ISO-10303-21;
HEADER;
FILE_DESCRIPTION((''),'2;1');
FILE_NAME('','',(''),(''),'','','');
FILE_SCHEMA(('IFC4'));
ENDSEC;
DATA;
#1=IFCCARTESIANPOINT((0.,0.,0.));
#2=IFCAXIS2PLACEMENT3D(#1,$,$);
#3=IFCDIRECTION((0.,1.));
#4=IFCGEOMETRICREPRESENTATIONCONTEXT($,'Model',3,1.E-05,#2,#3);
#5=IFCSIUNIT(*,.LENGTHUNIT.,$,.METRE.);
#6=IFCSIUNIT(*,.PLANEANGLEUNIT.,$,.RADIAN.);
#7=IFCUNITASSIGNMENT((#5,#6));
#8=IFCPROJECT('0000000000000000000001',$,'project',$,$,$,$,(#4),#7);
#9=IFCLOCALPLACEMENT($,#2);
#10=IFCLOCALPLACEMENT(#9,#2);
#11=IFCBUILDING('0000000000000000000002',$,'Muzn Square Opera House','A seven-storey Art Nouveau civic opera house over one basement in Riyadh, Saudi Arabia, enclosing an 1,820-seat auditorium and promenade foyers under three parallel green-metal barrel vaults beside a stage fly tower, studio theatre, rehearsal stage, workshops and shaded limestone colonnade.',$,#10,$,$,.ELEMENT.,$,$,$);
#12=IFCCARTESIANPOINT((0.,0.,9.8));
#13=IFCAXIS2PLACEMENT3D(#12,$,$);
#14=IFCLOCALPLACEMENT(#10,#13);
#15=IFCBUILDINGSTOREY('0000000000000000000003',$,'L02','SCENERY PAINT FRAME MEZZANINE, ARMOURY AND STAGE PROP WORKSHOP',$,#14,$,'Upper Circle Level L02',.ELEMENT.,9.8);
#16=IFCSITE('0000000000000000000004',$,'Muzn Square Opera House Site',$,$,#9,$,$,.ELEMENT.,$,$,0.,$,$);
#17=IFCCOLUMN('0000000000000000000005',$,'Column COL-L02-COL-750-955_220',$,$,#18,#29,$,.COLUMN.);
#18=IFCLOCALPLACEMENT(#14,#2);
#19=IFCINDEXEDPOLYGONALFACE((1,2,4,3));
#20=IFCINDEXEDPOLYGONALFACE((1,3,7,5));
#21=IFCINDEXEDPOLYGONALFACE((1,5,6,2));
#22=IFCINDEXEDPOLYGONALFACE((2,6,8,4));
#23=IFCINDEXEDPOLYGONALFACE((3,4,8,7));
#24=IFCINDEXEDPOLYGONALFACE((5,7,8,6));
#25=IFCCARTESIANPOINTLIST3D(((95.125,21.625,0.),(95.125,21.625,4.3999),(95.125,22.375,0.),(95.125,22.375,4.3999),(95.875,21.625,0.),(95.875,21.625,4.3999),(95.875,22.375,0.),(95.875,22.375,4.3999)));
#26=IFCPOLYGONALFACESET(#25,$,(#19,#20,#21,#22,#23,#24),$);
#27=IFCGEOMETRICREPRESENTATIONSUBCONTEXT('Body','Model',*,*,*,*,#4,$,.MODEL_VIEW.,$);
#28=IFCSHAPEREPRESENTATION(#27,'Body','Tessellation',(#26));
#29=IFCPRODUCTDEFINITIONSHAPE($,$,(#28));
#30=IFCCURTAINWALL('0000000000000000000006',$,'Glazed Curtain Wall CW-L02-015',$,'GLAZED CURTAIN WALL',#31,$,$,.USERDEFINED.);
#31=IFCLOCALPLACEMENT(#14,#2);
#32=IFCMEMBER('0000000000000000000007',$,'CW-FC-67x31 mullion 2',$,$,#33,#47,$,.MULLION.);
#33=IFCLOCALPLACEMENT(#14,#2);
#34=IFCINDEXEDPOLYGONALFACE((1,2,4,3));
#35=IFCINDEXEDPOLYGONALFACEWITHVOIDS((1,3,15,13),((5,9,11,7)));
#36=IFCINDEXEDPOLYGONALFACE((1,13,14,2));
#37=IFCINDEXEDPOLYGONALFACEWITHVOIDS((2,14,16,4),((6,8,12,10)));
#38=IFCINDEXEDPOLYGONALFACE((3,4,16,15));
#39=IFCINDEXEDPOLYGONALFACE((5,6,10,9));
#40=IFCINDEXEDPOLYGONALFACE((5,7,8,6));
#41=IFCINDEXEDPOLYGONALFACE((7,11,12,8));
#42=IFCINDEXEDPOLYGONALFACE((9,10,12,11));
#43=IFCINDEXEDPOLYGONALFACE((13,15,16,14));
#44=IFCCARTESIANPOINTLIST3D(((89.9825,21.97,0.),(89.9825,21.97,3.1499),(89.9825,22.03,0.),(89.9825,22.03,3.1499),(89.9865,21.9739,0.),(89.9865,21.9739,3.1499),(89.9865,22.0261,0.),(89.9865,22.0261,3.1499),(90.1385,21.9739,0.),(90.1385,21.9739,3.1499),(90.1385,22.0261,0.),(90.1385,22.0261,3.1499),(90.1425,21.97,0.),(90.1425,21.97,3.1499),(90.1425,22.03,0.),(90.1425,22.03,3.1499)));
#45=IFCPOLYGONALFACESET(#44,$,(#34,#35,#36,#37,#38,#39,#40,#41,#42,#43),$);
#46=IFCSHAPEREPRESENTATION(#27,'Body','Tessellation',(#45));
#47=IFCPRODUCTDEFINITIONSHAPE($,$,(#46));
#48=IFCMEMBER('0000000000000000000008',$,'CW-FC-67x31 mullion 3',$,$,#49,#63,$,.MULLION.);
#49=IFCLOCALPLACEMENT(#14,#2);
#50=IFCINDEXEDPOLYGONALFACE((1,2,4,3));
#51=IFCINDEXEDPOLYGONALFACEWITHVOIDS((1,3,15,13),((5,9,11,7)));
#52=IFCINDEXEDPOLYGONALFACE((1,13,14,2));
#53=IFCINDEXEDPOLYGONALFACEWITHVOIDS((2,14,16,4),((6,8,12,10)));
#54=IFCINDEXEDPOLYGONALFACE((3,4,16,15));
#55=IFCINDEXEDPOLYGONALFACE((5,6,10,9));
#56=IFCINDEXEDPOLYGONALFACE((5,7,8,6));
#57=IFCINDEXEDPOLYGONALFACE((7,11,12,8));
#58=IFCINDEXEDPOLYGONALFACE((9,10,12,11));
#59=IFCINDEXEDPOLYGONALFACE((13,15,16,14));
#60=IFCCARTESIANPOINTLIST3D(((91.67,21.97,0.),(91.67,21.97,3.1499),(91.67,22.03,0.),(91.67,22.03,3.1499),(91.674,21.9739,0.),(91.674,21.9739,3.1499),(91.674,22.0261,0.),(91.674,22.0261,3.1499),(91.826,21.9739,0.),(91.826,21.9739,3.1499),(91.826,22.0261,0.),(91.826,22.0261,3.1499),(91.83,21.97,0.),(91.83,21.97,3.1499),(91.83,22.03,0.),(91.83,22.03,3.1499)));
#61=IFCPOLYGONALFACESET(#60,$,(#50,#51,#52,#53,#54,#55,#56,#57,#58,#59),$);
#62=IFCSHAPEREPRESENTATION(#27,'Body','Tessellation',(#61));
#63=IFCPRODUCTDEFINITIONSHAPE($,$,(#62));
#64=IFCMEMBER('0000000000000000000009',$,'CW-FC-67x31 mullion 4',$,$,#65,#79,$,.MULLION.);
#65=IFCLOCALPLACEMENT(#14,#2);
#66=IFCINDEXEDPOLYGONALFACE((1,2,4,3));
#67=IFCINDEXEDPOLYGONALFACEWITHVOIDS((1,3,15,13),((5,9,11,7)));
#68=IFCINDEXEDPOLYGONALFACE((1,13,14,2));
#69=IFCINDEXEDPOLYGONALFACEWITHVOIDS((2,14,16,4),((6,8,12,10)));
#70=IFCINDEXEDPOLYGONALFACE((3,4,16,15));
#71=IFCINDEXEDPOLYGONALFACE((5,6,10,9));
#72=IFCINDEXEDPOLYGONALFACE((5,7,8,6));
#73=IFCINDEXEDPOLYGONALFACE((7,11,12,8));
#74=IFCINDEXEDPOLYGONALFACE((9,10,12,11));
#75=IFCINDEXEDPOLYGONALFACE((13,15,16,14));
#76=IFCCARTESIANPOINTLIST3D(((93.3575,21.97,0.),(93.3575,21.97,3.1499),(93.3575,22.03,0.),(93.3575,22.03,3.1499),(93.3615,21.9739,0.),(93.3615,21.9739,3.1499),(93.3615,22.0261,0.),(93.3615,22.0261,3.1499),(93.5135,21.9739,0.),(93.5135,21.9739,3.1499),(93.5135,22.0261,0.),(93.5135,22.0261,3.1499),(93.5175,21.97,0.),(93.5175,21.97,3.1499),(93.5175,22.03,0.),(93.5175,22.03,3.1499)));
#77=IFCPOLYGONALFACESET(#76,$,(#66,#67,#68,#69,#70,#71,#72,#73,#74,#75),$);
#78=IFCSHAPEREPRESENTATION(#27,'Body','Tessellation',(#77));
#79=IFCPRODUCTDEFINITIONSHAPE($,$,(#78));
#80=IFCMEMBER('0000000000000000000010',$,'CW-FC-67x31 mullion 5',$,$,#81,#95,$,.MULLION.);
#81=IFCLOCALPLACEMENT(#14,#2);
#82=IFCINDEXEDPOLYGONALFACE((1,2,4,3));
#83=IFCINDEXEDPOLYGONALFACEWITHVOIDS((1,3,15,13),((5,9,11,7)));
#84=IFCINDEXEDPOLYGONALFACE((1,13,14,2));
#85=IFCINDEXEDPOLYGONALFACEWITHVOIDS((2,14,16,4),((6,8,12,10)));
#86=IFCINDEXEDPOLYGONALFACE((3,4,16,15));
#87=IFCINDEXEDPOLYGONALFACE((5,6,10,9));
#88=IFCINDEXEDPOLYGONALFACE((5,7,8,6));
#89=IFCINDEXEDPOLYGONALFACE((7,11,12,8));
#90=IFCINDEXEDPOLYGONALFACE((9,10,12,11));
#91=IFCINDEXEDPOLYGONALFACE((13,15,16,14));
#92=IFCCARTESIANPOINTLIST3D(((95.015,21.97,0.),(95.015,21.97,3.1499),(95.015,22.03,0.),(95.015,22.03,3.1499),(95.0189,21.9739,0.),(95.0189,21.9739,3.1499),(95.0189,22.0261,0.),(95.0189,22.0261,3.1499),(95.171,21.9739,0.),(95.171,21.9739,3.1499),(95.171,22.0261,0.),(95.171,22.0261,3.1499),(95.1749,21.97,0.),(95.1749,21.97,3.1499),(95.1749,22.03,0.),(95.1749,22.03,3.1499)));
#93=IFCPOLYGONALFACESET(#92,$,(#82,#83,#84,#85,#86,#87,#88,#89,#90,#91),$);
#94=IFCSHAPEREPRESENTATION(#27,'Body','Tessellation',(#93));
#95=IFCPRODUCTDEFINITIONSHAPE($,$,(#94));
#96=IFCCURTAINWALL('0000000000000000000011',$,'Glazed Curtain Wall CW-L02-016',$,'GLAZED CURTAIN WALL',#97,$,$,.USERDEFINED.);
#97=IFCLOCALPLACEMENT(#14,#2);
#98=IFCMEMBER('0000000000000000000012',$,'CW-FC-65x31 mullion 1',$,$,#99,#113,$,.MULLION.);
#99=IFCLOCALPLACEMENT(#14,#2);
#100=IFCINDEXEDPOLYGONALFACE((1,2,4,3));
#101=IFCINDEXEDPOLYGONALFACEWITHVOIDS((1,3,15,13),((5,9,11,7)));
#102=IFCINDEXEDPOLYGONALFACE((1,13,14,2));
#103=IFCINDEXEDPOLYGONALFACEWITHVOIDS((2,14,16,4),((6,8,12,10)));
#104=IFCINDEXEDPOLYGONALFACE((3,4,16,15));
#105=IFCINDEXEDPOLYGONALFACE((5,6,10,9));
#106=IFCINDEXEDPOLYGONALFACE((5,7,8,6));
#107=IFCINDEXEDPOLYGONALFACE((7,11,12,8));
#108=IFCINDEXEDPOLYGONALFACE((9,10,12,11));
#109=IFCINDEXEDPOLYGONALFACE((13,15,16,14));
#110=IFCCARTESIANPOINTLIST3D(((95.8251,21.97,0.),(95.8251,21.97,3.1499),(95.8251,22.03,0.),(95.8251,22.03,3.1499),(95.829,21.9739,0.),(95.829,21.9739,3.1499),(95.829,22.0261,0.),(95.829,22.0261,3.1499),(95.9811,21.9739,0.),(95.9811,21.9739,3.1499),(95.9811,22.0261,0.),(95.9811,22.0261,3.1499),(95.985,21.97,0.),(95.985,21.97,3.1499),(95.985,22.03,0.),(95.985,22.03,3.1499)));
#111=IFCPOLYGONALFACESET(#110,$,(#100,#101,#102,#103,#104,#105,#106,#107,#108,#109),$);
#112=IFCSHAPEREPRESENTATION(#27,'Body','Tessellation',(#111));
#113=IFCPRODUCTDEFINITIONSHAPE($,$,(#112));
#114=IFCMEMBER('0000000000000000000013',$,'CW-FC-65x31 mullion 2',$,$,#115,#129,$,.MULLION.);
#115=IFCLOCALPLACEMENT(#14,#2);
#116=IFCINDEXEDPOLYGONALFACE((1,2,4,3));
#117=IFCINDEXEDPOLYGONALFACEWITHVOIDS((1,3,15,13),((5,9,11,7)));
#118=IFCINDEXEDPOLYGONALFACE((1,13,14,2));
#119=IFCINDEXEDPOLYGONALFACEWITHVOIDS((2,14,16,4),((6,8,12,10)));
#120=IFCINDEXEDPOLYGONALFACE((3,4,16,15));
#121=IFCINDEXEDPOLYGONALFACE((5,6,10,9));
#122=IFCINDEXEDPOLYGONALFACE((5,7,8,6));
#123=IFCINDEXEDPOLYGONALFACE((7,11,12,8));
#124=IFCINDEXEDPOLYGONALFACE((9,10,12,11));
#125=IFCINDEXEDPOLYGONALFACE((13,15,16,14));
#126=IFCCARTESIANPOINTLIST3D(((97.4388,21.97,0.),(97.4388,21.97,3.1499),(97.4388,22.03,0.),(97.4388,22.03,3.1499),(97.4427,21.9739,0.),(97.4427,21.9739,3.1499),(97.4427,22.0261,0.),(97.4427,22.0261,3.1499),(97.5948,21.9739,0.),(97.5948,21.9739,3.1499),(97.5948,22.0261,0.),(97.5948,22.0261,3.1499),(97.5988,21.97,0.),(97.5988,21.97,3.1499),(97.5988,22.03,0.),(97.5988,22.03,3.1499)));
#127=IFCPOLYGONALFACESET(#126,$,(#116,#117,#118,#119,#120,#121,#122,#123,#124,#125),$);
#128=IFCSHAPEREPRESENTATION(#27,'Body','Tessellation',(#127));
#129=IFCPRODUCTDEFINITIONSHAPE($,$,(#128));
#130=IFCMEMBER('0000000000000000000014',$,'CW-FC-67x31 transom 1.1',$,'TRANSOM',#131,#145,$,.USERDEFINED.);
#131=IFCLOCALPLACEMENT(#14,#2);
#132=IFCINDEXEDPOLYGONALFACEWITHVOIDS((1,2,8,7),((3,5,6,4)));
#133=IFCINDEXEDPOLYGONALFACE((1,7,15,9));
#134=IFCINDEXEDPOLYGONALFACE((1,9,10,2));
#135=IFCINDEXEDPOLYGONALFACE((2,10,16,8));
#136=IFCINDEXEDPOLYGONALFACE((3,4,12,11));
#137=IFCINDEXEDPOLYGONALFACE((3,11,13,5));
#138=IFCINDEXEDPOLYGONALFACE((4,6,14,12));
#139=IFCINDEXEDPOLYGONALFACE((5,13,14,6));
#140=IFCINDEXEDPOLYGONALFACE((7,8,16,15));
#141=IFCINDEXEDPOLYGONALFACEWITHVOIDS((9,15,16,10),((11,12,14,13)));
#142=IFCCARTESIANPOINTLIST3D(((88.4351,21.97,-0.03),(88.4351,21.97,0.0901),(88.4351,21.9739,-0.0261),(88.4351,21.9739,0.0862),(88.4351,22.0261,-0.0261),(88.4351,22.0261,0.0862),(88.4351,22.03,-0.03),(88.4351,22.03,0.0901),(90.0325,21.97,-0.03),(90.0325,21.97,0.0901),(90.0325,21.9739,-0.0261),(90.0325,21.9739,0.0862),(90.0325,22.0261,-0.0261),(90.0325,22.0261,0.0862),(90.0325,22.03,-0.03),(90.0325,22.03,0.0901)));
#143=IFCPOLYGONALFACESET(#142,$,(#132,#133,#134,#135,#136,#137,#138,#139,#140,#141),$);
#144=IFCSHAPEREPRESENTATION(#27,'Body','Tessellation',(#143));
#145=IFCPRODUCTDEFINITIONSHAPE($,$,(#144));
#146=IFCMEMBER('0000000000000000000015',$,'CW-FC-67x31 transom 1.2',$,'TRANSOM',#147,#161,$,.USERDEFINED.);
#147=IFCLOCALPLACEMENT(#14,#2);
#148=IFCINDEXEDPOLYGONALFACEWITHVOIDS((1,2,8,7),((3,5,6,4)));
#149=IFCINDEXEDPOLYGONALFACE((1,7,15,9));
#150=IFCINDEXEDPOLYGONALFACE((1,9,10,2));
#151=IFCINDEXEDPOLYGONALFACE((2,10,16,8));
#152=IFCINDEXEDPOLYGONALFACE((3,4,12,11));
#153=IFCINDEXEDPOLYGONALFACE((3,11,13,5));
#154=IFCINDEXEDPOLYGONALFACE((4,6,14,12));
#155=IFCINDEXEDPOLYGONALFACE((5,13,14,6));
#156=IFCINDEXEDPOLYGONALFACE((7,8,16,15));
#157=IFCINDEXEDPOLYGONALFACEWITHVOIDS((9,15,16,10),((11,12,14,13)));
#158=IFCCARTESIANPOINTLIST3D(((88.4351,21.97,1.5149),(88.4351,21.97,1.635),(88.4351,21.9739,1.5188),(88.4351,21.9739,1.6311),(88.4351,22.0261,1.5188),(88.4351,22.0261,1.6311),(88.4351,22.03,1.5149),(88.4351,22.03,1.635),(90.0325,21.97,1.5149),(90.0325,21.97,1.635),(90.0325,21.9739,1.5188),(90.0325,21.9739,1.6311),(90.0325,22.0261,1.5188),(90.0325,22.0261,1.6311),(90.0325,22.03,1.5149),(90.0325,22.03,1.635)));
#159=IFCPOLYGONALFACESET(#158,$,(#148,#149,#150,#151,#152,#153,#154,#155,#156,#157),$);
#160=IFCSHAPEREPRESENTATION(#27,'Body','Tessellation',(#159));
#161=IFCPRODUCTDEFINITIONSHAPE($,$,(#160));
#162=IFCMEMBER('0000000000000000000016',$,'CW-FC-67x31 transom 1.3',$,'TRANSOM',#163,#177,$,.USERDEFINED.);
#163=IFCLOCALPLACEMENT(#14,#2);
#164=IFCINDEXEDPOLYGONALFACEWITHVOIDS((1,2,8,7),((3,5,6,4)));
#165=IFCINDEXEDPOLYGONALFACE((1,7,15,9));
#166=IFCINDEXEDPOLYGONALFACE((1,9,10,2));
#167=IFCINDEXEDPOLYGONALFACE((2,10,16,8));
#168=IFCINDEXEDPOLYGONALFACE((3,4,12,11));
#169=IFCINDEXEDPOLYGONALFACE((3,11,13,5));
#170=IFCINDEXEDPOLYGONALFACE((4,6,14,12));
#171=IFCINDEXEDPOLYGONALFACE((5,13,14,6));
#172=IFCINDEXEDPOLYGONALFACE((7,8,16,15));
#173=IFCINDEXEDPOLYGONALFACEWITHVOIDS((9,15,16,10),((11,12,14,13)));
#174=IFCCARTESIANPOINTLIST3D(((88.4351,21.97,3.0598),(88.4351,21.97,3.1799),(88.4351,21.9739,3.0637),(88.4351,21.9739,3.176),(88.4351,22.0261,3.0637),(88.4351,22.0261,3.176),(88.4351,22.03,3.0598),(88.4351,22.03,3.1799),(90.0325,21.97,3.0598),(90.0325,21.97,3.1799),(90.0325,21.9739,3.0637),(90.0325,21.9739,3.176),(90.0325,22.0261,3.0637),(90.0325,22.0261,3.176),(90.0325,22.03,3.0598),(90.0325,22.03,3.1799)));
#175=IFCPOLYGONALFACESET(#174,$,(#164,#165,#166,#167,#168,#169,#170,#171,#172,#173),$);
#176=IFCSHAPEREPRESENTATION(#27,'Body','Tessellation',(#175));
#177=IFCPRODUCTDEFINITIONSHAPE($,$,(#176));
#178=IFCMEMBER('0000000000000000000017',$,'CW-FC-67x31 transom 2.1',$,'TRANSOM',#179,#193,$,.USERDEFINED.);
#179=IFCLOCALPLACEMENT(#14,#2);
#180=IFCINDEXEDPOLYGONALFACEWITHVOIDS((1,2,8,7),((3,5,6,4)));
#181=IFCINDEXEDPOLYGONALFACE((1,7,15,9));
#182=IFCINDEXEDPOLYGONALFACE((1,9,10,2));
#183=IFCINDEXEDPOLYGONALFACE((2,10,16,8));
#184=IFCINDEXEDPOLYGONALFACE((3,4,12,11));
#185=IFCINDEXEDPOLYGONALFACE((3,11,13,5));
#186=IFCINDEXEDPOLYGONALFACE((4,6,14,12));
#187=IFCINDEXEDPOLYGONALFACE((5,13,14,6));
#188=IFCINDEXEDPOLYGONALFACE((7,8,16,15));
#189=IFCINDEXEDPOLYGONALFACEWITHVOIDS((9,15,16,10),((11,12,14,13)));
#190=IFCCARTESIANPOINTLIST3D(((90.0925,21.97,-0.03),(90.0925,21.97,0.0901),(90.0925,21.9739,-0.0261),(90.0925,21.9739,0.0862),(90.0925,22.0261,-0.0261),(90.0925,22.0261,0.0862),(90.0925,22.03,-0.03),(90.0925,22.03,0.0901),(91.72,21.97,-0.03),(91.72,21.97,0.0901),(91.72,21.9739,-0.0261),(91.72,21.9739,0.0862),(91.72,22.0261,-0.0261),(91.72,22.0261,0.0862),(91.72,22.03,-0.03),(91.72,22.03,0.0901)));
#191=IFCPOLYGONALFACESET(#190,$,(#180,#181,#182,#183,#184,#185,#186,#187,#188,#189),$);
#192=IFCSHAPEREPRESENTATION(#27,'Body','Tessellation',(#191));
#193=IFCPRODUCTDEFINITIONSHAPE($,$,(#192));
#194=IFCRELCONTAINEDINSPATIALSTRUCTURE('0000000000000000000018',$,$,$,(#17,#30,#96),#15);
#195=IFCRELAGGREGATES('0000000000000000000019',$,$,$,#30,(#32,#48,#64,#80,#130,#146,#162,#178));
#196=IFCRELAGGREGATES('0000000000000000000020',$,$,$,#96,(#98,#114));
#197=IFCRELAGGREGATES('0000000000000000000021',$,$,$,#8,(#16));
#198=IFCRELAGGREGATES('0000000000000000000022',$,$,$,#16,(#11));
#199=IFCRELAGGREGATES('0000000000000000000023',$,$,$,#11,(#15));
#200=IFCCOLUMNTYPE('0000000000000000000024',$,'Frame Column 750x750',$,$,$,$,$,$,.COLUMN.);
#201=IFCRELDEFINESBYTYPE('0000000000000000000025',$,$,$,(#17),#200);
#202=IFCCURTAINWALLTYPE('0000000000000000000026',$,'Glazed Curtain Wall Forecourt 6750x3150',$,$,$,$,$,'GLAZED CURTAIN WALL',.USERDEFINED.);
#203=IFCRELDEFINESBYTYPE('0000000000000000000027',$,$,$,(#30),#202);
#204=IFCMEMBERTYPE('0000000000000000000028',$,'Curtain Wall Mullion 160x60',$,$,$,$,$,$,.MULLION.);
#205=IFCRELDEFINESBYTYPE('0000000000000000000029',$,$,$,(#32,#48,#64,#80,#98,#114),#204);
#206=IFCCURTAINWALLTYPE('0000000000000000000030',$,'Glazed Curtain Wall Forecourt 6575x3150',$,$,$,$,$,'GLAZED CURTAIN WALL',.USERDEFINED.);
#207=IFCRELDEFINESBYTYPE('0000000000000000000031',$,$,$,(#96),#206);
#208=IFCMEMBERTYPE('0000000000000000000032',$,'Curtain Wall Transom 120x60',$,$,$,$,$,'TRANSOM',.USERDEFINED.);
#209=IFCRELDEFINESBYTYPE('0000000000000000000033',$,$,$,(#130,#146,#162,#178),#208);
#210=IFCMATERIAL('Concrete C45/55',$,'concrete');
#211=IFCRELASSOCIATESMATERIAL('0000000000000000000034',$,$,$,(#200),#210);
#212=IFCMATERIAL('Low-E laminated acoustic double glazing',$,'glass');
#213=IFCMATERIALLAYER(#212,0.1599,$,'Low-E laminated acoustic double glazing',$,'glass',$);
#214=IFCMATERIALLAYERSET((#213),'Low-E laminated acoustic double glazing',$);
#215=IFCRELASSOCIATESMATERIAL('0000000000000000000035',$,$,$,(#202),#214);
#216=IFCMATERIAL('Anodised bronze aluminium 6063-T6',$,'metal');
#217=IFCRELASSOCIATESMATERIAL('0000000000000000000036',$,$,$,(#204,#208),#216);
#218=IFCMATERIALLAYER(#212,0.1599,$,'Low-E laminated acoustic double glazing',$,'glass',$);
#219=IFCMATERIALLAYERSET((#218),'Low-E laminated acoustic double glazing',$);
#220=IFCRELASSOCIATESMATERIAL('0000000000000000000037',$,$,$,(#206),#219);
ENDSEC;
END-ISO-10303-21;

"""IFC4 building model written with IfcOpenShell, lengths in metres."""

from ifc_helpers import new_model, si_unit, direction, frame, origin, origin_2d, place, context, subcontext, project, spatial, rectangle, hollow_rectangle, extrude, material, layer, layer_set, material_profile, profile_set, type_object, element, aggregate, save


model = new_model("IFC4")

# Units and contexts
model_context = context("Model", 3, precision=1e-05, world=origin(), true_north=direction((0.0, 1.0)))
body_context = subcontext(model_context, "Body", "Model", "MODEL_VIEW")
ifc_project = project(units=[si_unit("LENGTHUNIT", "METRE"), si_unit("PLANEANGLEUNIT", "RADIAN")], contexts=[model_context])

# Site, building, storey
site_placement = place(None, origin())
site = spatial("IfcSite", under=ifc_project, at=site_placement, Name="Muzn Square Opera House Site", CompositionType="ELEMENT", RefElevation=0.0)
building_placement = place(site_placement, origin())
building = spatial("IfcBuilding", under=site, at=building_placement, Name="Muzn Square Opera House", Description="A seven-storey Art Nouveau civic opera house over one basement in Riyadh, Saudi Arabia, enclosing an 1,820-seat auditorium and promenade foyers under three parallel green-metal barrel vaults beside a stage fly tower, studio theatre, rehearsal stage, workshops and shaded limestone colonnade.", CompositionType="ELEMENT")
storey_placement = place(building_placement, frame((0.0, 0.0, 9.8)))
storey = spatial("IfcBuildingStorey", under=building, at=storey_placement, Name="L02", Description="SCENERY PAINT FRAME MEZZANINE, ARMOURY AND STAGE PROP WORKSHOP", LongName="Upper Circle Level L02", CompositionType="ELEMENT", Elevation=9.8)

# Column
ifc_material_1 = material(Name="Concrete C45/55", Category="concrete")
ifc_material_profile_1 = material_profile(ifc_material_1, rectangle(XDim=0.75, YDim=0.75, at=origin_2d()), Name="RC 750x750", Category="concrete")
ifc_profile_set_1 = profile_set([ifc_material_profile_1], Name="Concrete C45/55")
column_type = type_object("IfcColumnType", Name="Frame Column 750x750", PredefinedType="COLUMN", material=ifc_profile_set_1)
column_placement = place(storey_placement, frame((95.5, 22.0, 0.0), z_axis=(0.0, 0.0, 1.0), x_axis=(1.0, 0.0, 0.0)))
element("IfcColumn", 1, at=column_placement, inside=storey, type_object=column_type, Name="Column COL-L02-COL-750-955_220", PredefinedType="COLUMN", context=body_context, shape_type="SweptSolid", body=[
    extrude(rectangle(XDim=0.75, YDim=0.75, at=origin_2d()), origin(), (0.0, 0.0, 1.0), 4.3999),
])

# Curtain walls, members
ifc_material_2 = material(Name="Low-E laminated acoustic double glazing", Category="glass")
ifc_layer_1 = layer(ifc_material_2, 0.1599, Name="Low-E laminated acoustic double glazing", Category="glass")
ifc_layer_set_1 = layer_set([ifc_layer_1], Name="Low-E laminated acoustic double glazing")
curtain_wall_type_1 = type_object("IfcCurtainWallType", Name="Glazed Curtain Wall Forecourt 6750x3150", ElementType="GLAZED CURTAIN WALL", PredefinedType="USERDEFINED", material=ifc_layer_set_1)
curtain_wall_1_placement = place(storey_placement, origin())
curtain_wall_1 = element("IfcCurtainWall", 2, at=curtain_wall_1_placement, inside=storey, type_object=curtain_wall_type_1, Name="Glazed Curtain Wall CW-L02-015", ObjectType="GLAZED CURTAIN WALL", PredefinedType="USERDEFINED")
ifc_material_3 = material(Name="Anodised bronze aluminium 6063-T6", Category="metal")
ifc_material_profile_2 = material_profile(ifc_material_3, hollow_rectangle(XDim=0.0601, YDim=0.1599, WallThickness=0.0039, at=origin_2d()), Name="ALU 160x60x4", Category="metal")
ifc_profile_set_2 = profile_set([ifc_material_profile_2], Name="Anodised bronze aluminium 6063-T6")
member_type_1 = type_object("IfcMemberType", Name="Curtain Wall Mullion 160x60", PredefinedType="MULLION", material=ifc_profile_set_2)
member_1_placement = place(storey_placement, frame((90.0625, 22.0, 0.0), z_axis=(0.0, 0.0, 1.0), x_axis=(0.0, 1.0, 0.0)))
member_1 = element("IfcMember", 3, at=member_1_placement, type_object=member_type_1, Name="CW-FC-67x31 mullion 2", PredefinedType="MULLION", context=body_context, shape_type="SweptSolid", body=[
    extrude(hollow_rectangle(XDim=0.0601, YDim=0.1599, WallThickness=0.0039, at=origin_2d()), origin(), (0.0, 0.0, 1.0), 3.1499),
])
member_2_placement = place(storey_placement, frame((91.75, 22.0, 0.0), z_axis=(0.0, 0.0, 1.0), x_axis=(0.0, 1.0, 0.0)))
member_2 = element("IfcMember", 4, at=member_2_placement, type_object=member_type_1, Name="CW-FC-67x31 mullion 3", PredefinedType="MULLION", context=body_context, shape_type="SweptSolid", body=[
    extrude(hollow_rectangle(XDim=0.0601, YDim=0.1599, WallThickness=0.0039, at=origin_2d()), origin(), (0.0, 0.0, 1.0), 3.1499),
])
member_3_placement = place(storey_placement, frame((93.4375, 22.0, 0.0), z_axis=(0.0, 0.0, 1.0), x_axis=(0.0, 1.0, 0.0)))
member_3 = element("IfcMember", 5, at=member_3_placement, type_object=member_type_1, Name="CW-FC-67x31 mullion 4", PredefinedType="MULLION", context=body_context, shape_type="SweptSolid", body=[
    extrude(hollow_rectangle(XDim=0.0601, YDim=0.1599, WallThickness=0.0039, at=origin_2d()), origin(), (0.0, 0.0, 1.0), 3.1499),
])
member_4_placement = place(storey_placement, frame((95.095, 22.0, 0.0), z_axis=(0.0, 0.0, 1.0), x_axis=(0.0, 1.0, 0.0)))
member_4 = element("IfcMember", 6, at=member_4_placement, type_object=member_type_1, Name="CW-FC-67x31 mullion 5", PredefinedType="MULLION", context=body_context, shape_type="SweptSolid", body=[
    extrude(hollow_rectangle(XDim=0.0601, YDim=0.1599, WallThickness=0.0039, at=origin_2d()), origin(), (0.0, 0.0, 1.0), 3.1499),
])
ifc_layer_2 = layer(ifc_material_2, 0.1599, Name="Low-E laminated acoustic double glazing", Category="glass")
ifc_layer_set_2 = layer_set([ifc_layer_2], Name="Low-E laminated acoustic double glazing")
curtain_wall_type_2 = type_object("IfcCurtainWallType", Name="Glazed Curtain Wall Forecourt 6575x3150", ElementType="GLAZED CURTAIN WALL", PredefinedType="USERDEFINED", material=ifc_layer_set_2)
curtain_wall_2_placement = place(storey_placement, origin())
curtain_wall_2 = element("IfcCurtainWall", 7, at=curtain_wall_2_placement, inside=storey, type_object=curtain_wall_type_2, Name="Glazed Curtain Wall CW-L02-016", ObjectType="GLAZED CURTAIN WALL", PredefinedType="USERDEFINED")
member_5_placement = place(storey_placement, frame((95.905, 22.0, 0.0), z_axis=(0.0, 0.0, 1.0), x_axis=(0.0, 1.0, 0.0)))
member_5 = element("IfcMember", 8, at=member_5_placement, type_object=member_type_1, Name="CW-FC-65x31 mullion 1", PredefinedType="MULLION", context=body_context, shape_type="SweptSolid", body=[
    extrude(hollow_rectangle(XDim=0.0601, YDim=0.1599, WallThickness=0.0039, at=origin_2d()), origin(), (0.0, 0.0, 1.0), 3.1499),
])
member_6_placement = place(storey_placement, frame((97.5188, 22.0, 0.0), z_axis=(0.0, 0.0, 1.0), x_axis=(0.0, 1.0, 0.0)))
member_6 = element("IfcMember", 9, at=member_6_placement, type_object=member_type_1, Name="CW-FC-65x31 mullion 2", PredefinedType="MULLION", context=body_context, shape_type="SweptSolid", body=[
    extrude(hollow_rectangle(XDim=0.0601, YDim=0.1599, WallThickness=0.0039, at=origin_2d()), origin(), (0.0, 0.0, 1.0), 3.1499),
])

# Members
ifc_material_profile_3 = material_profile(ifc_material_3, hollow_rectangle(XDim=0.0601, YDim=0.1201, WallThickness=0.0039, at=origin_2d()), Name="ALU 120x60x4", Category="metal")
ifc_profile_set_3 = profile_set([ifc_material_profile_3], Name="Anodised bronze aluminium 6063-T6")
member_type_2 = type_object("IfcMemberType", Name="Curtain Wall Transom 120x60", ElementType="TRANSOM", PredefinedType="USERDEFINED", material=ifc_profile_set_3)
member_7_placement = place(storey_placement, frame((88.4351, 22.0, 0.03), z_axis=(1.0, 0.0, 0.0), x_axis=(0.0, 1.0, 0.0)))
member_7 = element("IfcMember", 10, at=member_7_placement, type_object=member_type_2, Name="CW-FC-67x31 transom 1.1", ObjectType="TRANSOM", PredefinedType="USERDEFINED", context=body_context, shape_type="SweptSolid", body=[
    extrude(hollow_rectangle(XDim=0.0601, YDim=0.1201, WallThickness=0.0039, at=origin_2d()), origin(), (0.0, 0.0, 1.0), 1.5974),
])
member_8_placement = place(storey_placement, frame((88.4351, 22.0, 1.575), z_axis=(1.0, 0.0, 0.0), x_axis=(0.0, 1.0, 0.0)))
member_8 = element("IfcMember", 11, at=member_8_placement, type_object=member_type_2, Name="CW-FC-67x31 transom 1.2", ObjectType="TRANSOM", PredefinedType="USERDEFINED", context=body_context, shape_type="SweptSolid", body=[
    extrude(hollow_rectangle(XDim=0.0601, YDim=0.1201, WallThickness=0.0039, at=origin_2d()), origin(), (0.0, 0.0, 1.0), 1.5974),
])
member_9_placement = place(storey_placement, frame((88.4351, 22.0, 3.1199), z_axis=(1.0, 0.0, 0.0), x_axis=(0.0, 1.0, 0.0)))
member_9 = element("IfcMember", 12, at=member_9_placement, type_object=member_type_2, Name="CW-FC-67x31 transom 1.3", ObjectType="TRANSOM", PredefinedType="USERDEFINED", context=body_context, shape_type="SweptSolid", body=[
    extrude(hollow_rectangle(XDim=0.0601, YDim=0.1201, WallThickness=0.0039, at=origin_2d()), origin(), (0.0, 0.0, 1.0), 1.5974),
])
member_10_placement = place(storey_placement, frame((90.0925, 22.0, 0.03), z_axis=(1.0, 0.0, 0.0), x_axis=(0.0, 1.0, 0.0)))
member_10 = element("IfcMember", 13, at=member_10_placement, type_object=member_type_2, Name="CW-FC-67x31 transom 2.1", ObjectType="TRANSOM", PredefinedType="USERDEFINED", context=body_context, shape_type="SweptSolid", body=[
    extrude(hollow_rectangle(XDim=0.0601, YDim=0.1201, WallThickness=0.0039, at=origin_2d()), origin(), (0.0, 0.0, 1.0), 1.6274),
])

aggregate(curtain_wall_1, [member_1, member_2, member_3, member_4, member_7, member_8, member_9, member_10])
aggregate(curtain_wall_2, [member_5, member_6])

save(model, "model.ifc")
